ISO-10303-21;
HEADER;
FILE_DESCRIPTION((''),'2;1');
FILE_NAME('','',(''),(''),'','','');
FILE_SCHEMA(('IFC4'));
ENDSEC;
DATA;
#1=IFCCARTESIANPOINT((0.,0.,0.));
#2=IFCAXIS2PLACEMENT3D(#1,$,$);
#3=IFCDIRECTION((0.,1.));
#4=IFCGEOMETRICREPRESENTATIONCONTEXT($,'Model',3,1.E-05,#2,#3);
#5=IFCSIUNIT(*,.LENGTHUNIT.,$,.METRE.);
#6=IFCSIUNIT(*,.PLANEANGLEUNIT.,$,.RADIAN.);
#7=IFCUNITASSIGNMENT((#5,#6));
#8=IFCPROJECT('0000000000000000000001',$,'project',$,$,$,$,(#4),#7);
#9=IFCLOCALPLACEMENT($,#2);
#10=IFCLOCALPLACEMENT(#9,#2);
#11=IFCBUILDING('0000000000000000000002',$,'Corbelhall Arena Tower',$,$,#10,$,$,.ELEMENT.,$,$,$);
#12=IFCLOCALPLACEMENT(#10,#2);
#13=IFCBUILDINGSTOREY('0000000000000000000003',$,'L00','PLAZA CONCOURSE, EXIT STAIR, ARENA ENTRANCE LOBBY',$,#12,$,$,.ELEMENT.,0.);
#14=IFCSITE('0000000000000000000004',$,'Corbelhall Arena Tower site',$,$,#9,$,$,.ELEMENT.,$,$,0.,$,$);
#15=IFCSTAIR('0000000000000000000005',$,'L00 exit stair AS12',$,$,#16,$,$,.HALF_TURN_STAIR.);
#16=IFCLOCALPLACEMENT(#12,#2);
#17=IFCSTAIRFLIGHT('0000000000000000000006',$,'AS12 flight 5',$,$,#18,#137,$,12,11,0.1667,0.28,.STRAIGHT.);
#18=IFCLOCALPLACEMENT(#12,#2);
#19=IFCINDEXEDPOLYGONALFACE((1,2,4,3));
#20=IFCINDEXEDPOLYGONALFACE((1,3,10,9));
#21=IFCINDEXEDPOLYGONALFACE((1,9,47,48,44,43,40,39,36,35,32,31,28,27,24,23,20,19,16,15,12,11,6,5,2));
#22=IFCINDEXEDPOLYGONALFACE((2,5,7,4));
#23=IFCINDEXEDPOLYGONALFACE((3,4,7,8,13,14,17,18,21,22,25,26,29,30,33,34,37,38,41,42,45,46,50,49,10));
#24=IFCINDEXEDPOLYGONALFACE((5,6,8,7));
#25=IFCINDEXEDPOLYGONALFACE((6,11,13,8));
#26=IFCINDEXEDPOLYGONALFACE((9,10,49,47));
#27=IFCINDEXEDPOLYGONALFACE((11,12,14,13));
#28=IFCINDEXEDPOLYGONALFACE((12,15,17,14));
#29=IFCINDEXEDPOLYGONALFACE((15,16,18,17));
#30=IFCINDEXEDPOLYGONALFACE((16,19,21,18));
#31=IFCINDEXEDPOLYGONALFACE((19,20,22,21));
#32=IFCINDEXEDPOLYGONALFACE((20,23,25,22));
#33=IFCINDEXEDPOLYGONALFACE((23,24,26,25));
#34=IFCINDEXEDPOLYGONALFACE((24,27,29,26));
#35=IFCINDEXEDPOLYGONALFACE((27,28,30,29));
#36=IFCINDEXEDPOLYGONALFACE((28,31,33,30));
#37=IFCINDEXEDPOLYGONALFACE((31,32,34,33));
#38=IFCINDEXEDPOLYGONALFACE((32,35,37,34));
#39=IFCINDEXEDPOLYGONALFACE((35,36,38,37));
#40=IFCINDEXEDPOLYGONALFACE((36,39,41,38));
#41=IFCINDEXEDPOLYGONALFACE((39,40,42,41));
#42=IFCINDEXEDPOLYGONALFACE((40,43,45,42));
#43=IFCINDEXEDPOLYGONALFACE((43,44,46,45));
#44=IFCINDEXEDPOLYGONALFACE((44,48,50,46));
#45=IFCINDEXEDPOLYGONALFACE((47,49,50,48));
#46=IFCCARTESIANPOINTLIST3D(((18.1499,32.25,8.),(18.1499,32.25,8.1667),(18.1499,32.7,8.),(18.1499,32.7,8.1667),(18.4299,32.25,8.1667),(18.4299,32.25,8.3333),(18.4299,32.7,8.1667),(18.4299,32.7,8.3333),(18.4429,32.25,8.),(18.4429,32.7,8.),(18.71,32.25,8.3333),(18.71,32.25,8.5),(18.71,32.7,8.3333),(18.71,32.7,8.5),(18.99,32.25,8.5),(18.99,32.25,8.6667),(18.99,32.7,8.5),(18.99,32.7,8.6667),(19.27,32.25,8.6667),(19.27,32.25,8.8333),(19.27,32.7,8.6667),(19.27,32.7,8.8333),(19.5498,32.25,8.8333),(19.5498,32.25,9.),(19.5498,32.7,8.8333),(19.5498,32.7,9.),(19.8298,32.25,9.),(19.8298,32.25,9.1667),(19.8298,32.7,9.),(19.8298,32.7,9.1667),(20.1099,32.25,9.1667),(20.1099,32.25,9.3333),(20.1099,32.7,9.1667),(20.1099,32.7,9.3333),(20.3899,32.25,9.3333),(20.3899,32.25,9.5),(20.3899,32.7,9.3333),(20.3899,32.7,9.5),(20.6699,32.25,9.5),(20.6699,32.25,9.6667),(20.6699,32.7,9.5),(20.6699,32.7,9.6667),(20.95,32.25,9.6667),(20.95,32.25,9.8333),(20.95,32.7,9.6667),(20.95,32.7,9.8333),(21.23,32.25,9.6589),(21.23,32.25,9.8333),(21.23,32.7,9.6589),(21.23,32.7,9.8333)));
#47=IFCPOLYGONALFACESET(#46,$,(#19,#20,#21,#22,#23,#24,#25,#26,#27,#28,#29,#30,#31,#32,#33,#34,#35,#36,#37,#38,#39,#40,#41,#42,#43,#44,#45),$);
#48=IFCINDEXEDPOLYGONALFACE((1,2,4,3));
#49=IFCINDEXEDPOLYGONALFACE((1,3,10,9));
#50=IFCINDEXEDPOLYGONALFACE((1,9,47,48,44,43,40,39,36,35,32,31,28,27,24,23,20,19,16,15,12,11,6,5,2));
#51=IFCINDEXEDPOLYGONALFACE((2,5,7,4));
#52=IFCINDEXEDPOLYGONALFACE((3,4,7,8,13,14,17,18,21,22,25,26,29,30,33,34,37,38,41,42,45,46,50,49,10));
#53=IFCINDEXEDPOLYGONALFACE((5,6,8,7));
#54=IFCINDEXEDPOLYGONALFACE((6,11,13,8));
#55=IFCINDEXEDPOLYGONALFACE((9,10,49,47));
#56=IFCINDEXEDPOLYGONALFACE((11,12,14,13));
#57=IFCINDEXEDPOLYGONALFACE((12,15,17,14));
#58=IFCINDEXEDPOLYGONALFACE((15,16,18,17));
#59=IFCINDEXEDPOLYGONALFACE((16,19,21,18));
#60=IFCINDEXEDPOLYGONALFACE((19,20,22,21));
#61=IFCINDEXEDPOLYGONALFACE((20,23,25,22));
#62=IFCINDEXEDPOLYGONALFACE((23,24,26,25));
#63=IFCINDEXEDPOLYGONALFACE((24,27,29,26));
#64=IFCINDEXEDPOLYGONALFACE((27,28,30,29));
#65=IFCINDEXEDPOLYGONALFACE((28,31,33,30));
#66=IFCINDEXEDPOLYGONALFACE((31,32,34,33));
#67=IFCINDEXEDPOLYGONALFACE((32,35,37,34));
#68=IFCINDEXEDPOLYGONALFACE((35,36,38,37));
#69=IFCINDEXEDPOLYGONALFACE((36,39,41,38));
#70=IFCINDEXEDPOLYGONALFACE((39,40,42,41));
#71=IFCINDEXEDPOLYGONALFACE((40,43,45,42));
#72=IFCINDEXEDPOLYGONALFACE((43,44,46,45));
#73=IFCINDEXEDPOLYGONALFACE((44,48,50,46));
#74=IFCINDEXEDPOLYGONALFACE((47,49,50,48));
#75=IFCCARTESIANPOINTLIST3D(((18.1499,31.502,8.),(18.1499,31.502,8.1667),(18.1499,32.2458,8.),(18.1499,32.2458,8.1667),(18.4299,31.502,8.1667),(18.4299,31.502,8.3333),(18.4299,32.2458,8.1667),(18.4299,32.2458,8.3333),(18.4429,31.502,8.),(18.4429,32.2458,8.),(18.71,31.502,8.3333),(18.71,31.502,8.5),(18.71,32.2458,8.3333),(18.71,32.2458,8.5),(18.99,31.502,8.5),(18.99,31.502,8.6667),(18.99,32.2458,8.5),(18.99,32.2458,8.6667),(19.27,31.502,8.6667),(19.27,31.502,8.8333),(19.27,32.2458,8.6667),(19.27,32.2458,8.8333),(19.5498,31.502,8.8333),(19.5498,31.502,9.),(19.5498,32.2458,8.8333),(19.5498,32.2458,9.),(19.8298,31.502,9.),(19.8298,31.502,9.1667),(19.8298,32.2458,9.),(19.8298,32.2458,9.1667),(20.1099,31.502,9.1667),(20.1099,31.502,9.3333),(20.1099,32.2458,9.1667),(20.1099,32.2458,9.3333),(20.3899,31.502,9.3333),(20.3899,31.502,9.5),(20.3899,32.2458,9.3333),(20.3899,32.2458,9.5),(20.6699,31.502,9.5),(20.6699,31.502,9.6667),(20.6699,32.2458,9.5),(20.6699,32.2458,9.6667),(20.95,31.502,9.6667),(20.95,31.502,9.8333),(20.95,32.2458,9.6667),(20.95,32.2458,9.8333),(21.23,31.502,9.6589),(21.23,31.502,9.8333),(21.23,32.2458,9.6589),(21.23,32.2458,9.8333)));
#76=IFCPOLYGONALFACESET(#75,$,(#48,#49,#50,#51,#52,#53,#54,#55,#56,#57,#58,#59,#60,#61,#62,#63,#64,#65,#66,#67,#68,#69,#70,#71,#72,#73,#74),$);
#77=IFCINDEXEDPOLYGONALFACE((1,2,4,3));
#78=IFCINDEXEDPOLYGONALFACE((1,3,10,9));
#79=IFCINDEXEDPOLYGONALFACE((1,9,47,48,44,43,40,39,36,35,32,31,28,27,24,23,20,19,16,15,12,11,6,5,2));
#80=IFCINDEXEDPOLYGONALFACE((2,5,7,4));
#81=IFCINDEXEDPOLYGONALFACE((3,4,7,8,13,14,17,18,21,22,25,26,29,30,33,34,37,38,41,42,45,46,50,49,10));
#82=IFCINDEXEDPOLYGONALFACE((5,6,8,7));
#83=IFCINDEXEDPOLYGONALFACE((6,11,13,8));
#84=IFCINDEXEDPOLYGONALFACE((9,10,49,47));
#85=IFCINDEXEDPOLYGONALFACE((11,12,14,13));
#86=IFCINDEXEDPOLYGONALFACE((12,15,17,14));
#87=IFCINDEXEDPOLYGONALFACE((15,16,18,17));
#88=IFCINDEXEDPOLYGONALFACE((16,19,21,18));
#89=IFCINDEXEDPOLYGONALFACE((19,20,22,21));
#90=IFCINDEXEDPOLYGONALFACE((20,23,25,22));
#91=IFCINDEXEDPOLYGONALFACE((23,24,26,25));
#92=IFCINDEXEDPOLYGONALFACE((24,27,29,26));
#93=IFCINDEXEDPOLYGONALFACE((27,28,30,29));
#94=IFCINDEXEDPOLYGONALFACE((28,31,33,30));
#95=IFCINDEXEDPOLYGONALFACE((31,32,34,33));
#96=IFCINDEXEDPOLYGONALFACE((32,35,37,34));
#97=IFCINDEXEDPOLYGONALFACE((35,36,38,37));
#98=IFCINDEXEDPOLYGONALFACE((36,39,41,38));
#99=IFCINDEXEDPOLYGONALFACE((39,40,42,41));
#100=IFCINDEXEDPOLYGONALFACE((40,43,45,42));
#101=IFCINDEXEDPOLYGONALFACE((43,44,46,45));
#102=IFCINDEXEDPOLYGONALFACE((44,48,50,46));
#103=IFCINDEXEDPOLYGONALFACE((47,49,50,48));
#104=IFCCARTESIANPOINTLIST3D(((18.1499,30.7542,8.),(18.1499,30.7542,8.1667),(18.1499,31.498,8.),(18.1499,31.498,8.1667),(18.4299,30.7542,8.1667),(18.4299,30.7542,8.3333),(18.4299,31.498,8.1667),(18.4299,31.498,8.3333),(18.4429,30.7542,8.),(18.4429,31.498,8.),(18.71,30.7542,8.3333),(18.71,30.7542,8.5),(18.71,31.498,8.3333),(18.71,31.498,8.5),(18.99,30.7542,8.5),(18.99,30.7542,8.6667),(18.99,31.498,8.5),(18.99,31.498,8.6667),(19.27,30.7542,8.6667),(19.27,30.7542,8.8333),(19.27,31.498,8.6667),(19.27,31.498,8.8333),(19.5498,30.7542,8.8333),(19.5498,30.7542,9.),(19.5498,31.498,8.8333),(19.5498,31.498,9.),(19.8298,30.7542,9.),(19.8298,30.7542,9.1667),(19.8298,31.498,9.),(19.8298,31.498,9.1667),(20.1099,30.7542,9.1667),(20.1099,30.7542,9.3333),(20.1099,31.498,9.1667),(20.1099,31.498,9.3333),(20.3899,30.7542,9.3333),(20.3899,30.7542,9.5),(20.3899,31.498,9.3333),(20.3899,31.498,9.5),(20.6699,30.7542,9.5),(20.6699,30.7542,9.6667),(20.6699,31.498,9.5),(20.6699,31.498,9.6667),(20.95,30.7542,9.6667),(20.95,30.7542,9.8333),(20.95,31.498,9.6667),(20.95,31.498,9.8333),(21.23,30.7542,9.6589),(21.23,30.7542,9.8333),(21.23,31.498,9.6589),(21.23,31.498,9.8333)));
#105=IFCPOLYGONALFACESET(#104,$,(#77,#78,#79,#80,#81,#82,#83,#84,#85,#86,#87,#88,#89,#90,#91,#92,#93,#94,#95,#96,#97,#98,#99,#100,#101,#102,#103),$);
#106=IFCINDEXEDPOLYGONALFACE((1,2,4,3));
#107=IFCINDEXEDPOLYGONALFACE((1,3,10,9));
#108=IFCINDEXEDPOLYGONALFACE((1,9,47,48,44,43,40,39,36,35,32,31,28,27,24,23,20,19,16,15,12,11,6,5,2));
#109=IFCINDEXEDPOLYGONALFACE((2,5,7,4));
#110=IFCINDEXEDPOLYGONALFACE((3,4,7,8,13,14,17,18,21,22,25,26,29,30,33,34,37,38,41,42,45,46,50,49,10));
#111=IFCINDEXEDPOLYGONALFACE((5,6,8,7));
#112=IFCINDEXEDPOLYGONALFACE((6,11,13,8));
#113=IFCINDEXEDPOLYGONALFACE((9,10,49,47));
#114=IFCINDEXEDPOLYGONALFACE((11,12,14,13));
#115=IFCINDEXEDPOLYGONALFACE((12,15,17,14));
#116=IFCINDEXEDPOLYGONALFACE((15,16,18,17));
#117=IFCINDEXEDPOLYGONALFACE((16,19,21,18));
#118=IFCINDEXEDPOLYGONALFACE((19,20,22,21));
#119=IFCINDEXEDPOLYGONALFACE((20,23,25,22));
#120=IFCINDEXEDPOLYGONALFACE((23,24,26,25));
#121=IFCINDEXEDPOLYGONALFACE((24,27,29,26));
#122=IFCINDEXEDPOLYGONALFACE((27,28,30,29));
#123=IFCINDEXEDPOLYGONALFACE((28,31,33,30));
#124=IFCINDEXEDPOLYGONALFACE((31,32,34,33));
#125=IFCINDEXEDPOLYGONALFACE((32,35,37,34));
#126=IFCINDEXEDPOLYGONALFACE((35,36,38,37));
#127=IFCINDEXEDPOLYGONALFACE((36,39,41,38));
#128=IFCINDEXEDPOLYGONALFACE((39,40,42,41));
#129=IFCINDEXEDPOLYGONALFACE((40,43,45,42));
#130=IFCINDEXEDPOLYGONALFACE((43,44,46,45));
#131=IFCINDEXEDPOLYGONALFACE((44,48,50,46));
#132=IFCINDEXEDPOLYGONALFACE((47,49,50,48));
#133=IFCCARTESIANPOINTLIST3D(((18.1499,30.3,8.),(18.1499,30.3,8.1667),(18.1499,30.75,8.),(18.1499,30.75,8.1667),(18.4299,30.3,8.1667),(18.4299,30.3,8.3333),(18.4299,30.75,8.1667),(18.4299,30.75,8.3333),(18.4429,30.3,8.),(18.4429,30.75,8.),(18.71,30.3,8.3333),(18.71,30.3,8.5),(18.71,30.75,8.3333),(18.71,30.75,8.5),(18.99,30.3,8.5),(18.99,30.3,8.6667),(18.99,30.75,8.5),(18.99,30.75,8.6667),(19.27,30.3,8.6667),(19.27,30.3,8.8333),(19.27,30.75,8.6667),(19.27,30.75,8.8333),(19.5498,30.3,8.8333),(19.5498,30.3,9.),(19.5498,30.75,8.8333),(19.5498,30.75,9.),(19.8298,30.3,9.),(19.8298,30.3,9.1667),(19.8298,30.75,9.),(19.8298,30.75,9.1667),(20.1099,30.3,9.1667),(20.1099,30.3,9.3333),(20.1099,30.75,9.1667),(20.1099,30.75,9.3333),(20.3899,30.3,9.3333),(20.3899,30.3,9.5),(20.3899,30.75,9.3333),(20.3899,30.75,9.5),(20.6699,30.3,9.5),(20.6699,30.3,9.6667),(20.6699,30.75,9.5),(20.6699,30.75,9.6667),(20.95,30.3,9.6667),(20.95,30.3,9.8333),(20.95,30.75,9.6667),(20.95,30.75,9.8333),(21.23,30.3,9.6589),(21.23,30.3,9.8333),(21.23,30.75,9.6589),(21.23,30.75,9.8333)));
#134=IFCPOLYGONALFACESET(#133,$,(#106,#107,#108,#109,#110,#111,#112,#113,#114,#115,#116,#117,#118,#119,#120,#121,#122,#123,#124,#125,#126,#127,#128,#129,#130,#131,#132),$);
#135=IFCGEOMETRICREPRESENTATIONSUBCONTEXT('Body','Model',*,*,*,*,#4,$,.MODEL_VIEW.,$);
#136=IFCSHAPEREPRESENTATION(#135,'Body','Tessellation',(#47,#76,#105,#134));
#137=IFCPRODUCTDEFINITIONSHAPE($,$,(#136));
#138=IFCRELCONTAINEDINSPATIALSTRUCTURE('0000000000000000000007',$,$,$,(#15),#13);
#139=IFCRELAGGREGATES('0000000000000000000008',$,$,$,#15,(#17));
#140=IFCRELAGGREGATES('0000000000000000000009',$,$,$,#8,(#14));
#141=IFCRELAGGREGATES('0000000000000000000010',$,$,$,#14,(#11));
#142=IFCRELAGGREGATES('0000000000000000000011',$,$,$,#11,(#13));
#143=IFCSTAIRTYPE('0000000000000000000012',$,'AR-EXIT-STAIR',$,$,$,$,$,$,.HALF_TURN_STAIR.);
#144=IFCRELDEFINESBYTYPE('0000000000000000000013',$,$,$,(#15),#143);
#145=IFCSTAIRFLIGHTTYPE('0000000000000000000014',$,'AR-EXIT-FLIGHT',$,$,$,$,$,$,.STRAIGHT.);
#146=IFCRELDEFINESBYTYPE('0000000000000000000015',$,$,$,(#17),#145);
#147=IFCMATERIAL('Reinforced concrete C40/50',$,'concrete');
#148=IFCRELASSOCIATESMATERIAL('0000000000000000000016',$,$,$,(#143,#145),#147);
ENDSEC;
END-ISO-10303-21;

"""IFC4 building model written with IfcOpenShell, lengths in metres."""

from ifc_helpers import new_model, si_unit, direction, frame, origin, place, context, subcontext, project, spatial, polyline, outline, extrude, material, type_object, element, aggregate, save


model = new_model("IFC4")

# Units and contexts
model_context = context("Model", 3, precision=1e-05, world=origin(), true_north=direction((0.0, 1.0)))
body_context = subcontext(model_context, "Body", "Model", "MODEL_VIEW")
ifc_project = project(units=[si_unit("LENGTHUNIT", "METRE"), si_unit("PLANEANGLEUNIT", "RADIAN")], contexts=[model_context])

# Site, building, storey
site_placement = place(None, origin())
site = spatial("IfcSite", under=ifc_project, at=site_placement, Name="Corbelhall Arena Tower site", CompositionType="ELEMENT", RefElevation=0.0)
building_placement = place(site_placement, origin())
building = spatial("IfcBuilding", under=site, at=building_placement, Name="Corbelhall Arena Tower", CompositionType="ELEMENT")
storey_placement = place(building_placement, origin())
storey = spatial("IfcBuildingStorey", under=building, at=storey_placement, Name="L00", Description="PLAZA CONCOURSE, EXIT STAIR, ARENA ENTRANCE LOBBY", CompositionType="ELEMENT", Elevation=0.0)

# Shared definitions
ifc_material_1 = material(Name="Reinforced concrete C40/50", Category="concrete")

# Shared definitions
stair_type = type_object("IfcStairType", Name="AR-EXIT-STAIR", PredefinedType="HALF_TURN_STAIR", material=ifc_material_1)
stair_flight_type = type_object("IfcStairFlightType", Name="AR-EXIT-FLIGHT", PredefinedType="STRAIGHT", material=ifc_material_1)

# Stair, stair flight
stair_1_placement = place(storey_placement, origin())
stair_1 = element("IfcStair", 1, at=stair_1_placement, inside=storey, type_object=stair_type, Name="L00 exit stair AS12", PredefinedType="HALF_TURN_STAIR")
stair_flight_1_placement = place(storey_placement, frame((18.1499, 31.5, 8.0), z_axis=(0.0, 0.0, 1.0), x_axis=(1.0, 0.0, 0.0)))
stair_flight_1 = element("IfcStairFlight", 2, at=stair_flight_1_placement, type_object=stair_flight_type, Name="AS12 flight 5", NumberOfRisers=12, NumberOfTreads=11, PredefinedType="STRAIGHT", RiserHeight=0.1667, TreadLength=0.28, context=body_context, shape_type="SweptSolid", body=[
    extrude(outline(polyline([(0.0, 0.0), (0.0, 0.1667), (0.28, 0.1667), (0.28, 0.3333), (0.5601, 0.3333), (0.5601, 0.5), (0.8401, 0.5), (0.8401, 0.6667), (1.1201, 0.6667), (1.1201, 0.8333), (1.3999, 0.8333), (1.3999, 1.0), (1.6799, 1.0), (1.6799, 1.1667), (1.96, 1.1667), (1.96, 1.3333), (2.24, 1.3333), (2.24, 1.5), (2.52, 1.5), (2.52, 1.6667), (2.8, 1.6667), (2.8, 1.8333), (3.0801, 1.8333), (3.0801, 2.0), (3.0801, 1.6589), (0.293, 0.0), (0.0, 0.0)])), frame((0.0, 1.2, 0.0), z_axis=(0.0, -1.0, 0.0), x_axis=(1.0, 0.0, 0.0)), (0.0, 0.0, 1.0), 0.45),
    extrude(outline(polyline([(0.0, 0.0), (0.0, 0.1667), (0.28, 0.1667), (0.28, 0.3333), (0.5601, 0.3333), (0.5601, 0.5), (0.8401, 0.5), (0.8401, 0.6667), (1.1201, 0.6667), (1.1201, 0.8333), (1.3999, 0.8333), (1.3999, 1.0), (1.6799, 1.0), (1.6799, 1.1667), (1.96, 1.1667), (1.96, 1.3333), (2.24, 1.3333), (2.24, 1.5), (2.52, 1.5), (2.52, 1.6667), (2.8, 1.6667), (2.8, 1.8333), (3.0801, 1.8333), (3.0801, 2.0), (3.0801, 1.6589), (0.293, 0.0), (0.0, 0.0)])), frame((0.0, 0.7458, 0.0), z_axis=(0.0, -1.0, 0.0), x_axis=(1.0, 0.0, 0.0)), (0.0, 0.0, 1.0), 0.7439),
    extrude(outline(polyline([(0.0, 0.0), (0.0, 0.1667), (0.28, 0.1667), (0.28, 0.3333), (0.5601, 0.3333), (0.5601, 0.5), (0.8401, 0.5), (0.8401, 0.6667), (1.1201, 0.6667), (1.1201, 0.8333), (1.3999, 0.8333), (1.3999, 1.0), (1.6799, 1.0), (1.6799, 1.1667), (1.96, 1.1667), (1.96, 1.3333), (2.24, 1.3333), (2.24, 1.5), (2.52, 1.5), (2.52, 1.6667), (2.8, 1.6667), (2.8, 1.8333), (3.0801, 1.8333), (3.0801, 2.0), (3.0801, 1.6589), (0.293, 0.0), (0.0, 0.0)])), frame((0.0, -0.002, 0.0), z_axis=(0.0, -1.0, 0.0), x_axis=(1.0, 0.0, 0.0)), (0.0, 0.0, 1.0), 0.7439),
    extrude(outline(polyline([(0.0, 0.0), (0.0, 0.1667), (0.28, 0.1667), (0.28, 0.3333), (0.5601, 0.3333), (0.5601, 0.5), (0.8401, 0.5), (0.8401, 0.6667), (1.1201, 0.6667), (1.1201, 0.8333), (1.3999, 0.8333), (1.3999, 1.0), (1.6799, 1.0), (1.6799, 1.1667), (1.96, 1.1667), (1.96, 1.3333), (2.24, 1.3333), (2.24, 1.5), (2.52, 1.5), (2.52, 1.6667), (2.8, 1.6667), (2.8, 1.8333), (3.0801, 1.8333), (3.0801, 2.0), (3.0801, 1.6589), (0.293, 0.0), (0.0, 0.0)])), frame((0.0, -0.75, 0.0), z_axis=(0.0, -1.0, 0.0), x_axis=(1.0, 0.0, 0.0)), (0.0, 0.0, 1.0), 0.45),
])
aggregate(stair_1, [stair_flight_1])

save(model, "model.ifc")
